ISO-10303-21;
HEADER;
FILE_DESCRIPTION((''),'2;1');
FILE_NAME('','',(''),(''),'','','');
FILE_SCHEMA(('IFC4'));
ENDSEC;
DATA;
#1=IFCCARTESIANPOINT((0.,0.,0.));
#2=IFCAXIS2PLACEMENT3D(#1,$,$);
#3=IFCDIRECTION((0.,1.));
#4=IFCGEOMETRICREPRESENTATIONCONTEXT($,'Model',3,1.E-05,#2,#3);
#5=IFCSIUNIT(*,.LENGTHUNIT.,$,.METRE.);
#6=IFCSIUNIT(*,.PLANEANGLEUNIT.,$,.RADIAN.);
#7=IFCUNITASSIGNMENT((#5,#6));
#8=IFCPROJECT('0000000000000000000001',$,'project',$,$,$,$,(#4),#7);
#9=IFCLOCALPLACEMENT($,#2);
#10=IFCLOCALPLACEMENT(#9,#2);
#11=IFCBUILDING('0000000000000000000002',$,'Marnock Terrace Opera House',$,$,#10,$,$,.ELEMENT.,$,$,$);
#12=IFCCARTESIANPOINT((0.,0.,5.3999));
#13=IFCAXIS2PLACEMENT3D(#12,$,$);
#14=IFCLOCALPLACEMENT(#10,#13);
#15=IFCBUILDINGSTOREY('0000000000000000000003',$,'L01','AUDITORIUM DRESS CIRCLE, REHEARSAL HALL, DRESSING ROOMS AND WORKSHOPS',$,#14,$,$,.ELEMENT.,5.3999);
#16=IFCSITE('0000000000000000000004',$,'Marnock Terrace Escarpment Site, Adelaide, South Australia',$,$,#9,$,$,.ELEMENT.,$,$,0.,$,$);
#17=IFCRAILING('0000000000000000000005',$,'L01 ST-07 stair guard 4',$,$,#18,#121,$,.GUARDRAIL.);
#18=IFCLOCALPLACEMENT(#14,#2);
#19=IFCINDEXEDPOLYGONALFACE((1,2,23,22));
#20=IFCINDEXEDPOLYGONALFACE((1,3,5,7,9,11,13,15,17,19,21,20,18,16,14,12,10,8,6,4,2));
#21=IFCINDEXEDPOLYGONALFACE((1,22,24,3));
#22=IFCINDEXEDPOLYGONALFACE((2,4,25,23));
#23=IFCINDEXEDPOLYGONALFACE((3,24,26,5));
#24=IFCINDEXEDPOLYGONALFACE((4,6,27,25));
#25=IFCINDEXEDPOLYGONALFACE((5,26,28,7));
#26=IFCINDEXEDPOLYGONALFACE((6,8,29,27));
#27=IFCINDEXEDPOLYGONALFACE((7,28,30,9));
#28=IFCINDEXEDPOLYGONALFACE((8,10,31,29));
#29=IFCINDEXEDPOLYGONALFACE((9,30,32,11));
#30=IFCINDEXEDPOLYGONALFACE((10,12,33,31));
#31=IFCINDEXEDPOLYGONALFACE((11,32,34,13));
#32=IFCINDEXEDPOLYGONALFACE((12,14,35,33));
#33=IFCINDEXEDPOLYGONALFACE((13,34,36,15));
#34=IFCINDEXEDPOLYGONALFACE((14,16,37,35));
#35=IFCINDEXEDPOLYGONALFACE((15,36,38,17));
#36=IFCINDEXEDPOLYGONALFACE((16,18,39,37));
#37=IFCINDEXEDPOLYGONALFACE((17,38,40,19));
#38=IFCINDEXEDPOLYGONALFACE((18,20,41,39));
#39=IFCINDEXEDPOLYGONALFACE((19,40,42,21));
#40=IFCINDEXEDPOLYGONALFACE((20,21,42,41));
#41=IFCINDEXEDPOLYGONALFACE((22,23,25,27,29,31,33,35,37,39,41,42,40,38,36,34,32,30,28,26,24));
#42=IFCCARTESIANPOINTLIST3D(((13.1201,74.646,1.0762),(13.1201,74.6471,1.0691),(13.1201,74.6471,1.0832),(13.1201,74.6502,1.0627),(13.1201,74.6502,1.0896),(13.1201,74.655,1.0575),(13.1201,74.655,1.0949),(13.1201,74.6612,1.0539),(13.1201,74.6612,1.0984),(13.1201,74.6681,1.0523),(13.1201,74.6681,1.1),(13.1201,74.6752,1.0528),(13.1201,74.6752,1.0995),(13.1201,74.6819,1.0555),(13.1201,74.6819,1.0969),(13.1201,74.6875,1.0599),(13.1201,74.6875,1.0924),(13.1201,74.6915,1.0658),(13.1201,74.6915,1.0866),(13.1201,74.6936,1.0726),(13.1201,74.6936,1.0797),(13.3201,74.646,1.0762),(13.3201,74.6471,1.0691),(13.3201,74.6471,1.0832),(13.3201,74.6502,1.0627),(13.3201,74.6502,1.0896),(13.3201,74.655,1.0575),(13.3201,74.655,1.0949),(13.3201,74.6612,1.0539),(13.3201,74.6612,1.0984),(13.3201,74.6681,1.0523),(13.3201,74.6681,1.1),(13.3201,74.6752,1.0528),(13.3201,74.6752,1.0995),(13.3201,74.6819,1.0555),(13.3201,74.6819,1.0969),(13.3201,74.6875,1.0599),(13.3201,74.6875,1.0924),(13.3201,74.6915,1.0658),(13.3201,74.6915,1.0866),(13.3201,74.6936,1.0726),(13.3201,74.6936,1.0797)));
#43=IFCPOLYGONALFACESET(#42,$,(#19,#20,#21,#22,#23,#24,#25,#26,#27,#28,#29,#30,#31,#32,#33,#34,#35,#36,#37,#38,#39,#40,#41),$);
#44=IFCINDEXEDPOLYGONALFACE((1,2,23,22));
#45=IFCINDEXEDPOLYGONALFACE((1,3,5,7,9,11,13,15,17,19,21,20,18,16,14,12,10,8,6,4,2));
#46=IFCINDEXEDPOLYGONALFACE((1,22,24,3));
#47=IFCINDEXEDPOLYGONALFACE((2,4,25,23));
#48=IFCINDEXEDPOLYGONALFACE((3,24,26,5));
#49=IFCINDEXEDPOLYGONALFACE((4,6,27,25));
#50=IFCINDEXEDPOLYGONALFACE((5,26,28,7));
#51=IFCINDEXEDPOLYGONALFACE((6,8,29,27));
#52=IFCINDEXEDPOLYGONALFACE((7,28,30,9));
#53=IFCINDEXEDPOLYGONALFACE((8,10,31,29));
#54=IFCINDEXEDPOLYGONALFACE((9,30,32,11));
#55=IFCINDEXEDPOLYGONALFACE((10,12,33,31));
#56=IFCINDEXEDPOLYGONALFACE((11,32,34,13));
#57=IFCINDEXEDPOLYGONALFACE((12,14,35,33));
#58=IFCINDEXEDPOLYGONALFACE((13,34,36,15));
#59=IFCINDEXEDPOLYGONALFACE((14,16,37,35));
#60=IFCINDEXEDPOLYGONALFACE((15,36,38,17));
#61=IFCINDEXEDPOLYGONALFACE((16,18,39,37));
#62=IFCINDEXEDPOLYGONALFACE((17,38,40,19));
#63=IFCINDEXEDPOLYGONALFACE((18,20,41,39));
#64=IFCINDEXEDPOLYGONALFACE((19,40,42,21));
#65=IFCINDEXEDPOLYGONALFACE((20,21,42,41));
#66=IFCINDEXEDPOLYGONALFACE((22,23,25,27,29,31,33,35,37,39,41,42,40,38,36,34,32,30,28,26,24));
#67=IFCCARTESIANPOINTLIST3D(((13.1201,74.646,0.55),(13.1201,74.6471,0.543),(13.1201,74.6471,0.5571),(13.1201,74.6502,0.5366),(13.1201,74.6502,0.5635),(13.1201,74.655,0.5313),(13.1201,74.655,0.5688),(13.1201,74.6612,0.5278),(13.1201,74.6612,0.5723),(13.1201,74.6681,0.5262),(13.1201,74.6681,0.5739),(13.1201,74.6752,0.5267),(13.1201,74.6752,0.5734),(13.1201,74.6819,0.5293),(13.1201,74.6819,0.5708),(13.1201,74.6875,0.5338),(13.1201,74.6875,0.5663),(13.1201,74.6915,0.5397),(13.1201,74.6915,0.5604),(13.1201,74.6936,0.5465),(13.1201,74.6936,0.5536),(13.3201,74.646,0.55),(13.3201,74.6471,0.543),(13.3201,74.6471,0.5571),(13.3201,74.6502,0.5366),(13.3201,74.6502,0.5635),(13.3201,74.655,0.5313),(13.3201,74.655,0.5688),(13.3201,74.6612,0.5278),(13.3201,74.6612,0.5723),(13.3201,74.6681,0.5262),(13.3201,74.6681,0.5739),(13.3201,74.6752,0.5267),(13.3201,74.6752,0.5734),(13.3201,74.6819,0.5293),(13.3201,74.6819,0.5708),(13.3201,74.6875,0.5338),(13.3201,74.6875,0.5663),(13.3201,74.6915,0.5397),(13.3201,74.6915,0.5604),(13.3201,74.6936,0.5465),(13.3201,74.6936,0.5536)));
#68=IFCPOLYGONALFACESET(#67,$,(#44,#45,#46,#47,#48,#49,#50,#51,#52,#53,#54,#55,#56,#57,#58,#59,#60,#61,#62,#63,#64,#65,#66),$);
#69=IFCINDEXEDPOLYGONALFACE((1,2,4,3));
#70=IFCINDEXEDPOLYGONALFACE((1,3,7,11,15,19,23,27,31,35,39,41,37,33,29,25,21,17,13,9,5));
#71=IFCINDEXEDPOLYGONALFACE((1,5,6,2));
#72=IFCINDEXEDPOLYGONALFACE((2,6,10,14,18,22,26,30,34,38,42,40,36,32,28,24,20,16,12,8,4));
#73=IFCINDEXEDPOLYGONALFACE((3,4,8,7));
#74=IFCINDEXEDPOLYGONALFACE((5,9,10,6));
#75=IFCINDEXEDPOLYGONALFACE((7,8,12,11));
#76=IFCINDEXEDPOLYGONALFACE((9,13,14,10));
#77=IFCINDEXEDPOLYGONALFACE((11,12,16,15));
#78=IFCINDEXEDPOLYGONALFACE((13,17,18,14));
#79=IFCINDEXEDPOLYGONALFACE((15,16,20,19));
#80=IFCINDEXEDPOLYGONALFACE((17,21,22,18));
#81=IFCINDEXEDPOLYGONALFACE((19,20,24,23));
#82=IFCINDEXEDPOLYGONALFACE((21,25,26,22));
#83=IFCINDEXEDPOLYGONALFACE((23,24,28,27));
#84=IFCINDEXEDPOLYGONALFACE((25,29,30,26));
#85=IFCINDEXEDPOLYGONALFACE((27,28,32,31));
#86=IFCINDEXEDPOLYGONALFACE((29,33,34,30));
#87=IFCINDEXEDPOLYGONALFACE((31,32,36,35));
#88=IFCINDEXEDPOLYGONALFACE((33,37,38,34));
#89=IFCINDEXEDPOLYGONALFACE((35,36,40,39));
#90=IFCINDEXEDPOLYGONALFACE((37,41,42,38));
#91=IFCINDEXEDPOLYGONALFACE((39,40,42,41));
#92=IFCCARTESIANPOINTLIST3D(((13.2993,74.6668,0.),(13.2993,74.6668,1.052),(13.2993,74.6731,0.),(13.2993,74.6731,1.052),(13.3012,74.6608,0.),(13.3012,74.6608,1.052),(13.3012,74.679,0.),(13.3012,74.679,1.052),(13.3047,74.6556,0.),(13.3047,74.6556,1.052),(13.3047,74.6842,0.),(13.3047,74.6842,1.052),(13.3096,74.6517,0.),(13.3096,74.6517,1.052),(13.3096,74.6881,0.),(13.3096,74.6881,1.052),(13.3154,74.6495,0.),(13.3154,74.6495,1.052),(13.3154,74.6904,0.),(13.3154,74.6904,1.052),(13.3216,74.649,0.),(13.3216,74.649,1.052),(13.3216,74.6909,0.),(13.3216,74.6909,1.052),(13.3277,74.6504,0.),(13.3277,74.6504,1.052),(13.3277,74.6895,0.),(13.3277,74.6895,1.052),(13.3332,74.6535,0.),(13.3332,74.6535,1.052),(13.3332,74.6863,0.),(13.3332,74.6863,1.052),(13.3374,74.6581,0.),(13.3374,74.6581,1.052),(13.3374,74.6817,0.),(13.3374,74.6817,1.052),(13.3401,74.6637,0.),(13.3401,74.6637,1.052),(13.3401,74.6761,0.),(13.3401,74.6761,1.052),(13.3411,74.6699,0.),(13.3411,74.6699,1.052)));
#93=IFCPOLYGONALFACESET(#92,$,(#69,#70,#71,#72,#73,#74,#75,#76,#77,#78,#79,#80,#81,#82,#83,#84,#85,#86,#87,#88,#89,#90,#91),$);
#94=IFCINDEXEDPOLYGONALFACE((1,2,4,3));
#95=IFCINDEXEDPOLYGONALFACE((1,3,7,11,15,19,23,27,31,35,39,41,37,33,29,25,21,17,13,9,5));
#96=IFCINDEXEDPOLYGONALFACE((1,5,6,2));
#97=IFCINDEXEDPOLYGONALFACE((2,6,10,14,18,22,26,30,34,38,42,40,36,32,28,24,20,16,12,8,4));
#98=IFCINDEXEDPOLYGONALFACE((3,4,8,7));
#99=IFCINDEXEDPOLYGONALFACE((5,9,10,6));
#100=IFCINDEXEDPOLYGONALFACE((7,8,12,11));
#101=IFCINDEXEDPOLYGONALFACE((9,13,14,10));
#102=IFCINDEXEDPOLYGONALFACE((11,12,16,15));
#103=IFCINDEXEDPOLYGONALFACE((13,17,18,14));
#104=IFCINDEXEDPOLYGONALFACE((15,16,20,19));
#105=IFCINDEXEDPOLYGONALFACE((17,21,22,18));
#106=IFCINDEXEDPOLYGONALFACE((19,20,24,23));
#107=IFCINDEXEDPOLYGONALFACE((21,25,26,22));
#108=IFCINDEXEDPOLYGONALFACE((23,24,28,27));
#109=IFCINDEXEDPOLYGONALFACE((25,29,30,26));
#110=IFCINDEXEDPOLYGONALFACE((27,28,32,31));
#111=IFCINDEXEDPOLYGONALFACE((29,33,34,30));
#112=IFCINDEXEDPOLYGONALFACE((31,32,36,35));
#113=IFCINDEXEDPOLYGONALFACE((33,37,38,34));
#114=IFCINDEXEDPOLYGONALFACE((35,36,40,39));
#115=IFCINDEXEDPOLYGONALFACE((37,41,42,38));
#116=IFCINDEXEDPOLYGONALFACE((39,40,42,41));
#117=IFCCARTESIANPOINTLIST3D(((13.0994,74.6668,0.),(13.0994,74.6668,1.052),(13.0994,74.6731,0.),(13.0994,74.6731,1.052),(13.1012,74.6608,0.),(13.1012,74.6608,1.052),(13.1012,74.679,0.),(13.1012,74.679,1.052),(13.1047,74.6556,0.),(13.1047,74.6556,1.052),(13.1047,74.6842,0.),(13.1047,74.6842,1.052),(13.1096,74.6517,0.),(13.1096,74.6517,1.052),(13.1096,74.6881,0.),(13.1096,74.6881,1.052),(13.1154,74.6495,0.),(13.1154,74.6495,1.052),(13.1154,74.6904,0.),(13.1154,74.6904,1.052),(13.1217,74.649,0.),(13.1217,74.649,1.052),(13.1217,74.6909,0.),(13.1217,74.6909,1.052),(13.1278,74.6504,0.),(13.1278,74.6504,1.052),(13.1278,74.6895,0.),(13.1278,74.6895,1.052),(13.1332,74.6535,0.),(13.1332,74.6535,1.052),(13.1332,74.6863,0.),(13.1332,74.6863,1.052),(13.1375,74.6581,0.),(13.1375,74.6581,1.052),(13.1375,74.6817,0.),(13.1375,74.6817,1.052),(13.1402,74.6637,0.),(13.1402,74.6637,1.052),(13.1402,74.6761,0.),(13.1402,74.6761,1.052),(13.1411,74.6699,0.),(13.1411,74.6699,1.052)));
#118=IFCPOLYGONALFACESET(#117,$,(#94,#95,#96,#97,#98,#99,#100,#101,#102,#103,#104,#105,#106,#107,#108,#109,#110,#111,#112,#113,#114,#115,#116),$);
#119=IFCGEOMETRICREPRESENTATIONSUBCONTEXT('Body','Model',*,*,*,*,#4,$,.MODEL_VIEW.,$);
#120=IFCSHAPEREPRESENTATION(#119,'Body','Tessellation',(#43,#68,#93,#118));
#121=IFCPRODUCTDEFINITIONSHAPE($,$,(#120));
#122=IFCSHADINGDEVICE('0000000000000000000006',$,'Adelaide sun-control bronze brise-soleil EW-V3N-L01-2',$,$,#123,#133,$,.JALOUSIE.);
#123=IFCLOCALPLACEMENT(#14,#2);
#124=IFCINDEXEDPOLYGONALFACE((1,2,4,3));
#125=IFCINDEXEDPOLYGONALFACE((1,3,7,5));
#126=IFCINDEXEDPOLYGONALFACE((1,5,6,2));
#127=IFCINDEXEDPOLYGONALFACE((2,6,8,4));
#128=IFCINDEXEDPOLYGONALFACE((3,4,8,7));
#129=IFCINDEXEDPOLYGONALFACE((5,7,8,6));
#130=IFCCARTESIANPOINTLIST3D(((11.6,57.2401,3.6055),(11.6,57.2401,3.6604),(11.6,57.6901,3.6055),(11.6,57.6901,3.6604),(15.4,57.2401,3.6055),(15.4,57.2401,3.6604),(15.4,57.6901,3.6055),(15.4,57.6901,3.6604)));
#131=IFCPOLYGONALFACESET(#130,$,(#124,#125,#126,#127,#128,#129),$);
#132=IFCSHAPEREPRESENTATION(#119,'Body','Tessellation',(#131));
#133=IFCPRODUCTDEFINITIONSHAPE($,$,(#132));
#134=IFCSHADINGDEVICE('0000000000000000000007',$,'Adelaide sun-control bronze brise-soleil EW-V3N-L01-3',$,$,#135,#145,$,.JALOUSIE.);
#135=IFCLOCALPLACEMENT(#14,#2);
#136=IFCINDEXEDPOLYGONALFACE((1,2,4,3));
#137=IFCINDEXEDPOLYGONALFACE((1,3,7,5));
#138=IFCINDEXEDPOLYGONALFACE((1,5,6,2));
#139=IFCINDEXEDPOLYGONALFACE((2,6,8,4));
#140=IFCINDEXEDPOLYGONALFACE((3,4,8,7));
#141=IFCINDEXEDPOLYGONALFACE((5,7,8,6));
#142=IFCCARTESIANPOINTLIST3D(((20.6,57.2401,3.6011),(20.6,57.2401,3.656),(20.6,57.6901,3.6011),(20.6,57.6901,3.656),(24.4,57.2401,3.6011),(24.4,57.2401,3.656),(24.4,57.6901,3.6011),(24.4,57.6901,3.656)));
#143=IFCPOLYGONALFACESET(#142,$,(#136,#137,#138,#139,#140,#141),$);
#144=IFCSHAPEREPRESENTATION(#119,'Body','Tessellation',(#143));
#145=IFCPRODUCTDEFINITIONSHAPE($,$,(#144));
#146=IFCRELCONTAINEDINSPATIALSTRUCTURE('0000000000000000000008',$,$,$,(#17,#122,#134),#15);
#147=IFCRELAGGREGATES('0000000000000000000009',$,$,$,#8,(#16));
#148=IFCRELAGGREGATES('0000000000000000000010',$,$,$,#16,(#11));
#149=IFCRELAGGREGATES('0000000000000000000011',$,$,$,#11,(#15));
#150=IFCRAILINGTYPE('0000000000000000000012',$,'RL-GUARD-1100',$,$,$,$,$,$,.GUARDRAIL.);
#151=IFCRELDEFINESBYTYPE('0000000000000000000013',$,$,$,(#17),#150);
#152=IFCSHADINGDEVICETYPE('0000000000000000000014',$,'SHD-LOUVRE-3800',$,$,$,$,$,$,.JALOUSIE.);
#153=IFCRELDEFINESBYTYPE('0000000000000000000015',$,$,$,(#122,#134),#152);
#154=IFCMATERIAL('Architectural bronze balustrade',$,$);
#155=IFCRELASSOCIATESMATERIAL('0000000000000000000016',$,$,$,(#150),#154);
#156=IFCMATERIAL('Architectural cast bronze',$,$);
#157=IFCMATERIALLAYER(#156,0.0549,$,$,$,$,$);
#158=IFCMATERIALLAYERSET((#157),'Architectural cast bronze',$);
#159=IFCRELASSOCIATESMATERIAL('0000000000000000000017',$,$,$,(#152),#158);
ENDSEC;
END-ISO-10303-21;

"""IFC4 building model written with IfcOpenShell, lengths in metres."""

from ifc_helpers import new_model, si_unit, direction, frame, origin, origin_2d, place, context, subcontext, project, spatial, rectangle, circle, extrude, material, layer, layer_set, type_object, element, save


model = new_model("IFC4")

# Units and contexts
model_context = context("Model", 3, precision=1e-05, world=origin(), true_north=direction((0.0, 1.0)))
body_context = subcontext(model_context, "Body", "Model", "MODEL_VIEW")
ifc_project = project(units=[si_unit("LENGTHUNIT", "METRE"), si_unit("PLANEANGLEUNIT", "RADIAN")], contexts=[model_context])

# Site, building, storey
site_placement = place(None, origin())
site = spatial("IfcSite", under=ifc_project, at=site_placement, Name="Marnock Terrace Escarpment Site, Adelaide, South Australia", CompositionType="ELEMENT", RefElevation=0.0)
building_placement = place(site_placement, origin())
building = spatial("IfcBuilding", under=site, at=building_placement, Name="Marnock Terrace Opera House", CompositionType="ELEMENT")
storey_placement = place(building_placement, frame((0.0, 0.0, 5.3999)))
storey = spatial("IfcBuildingStorey", under=building, at=storey_placement, Name="L01", Description="AUDITORIUM DRESS CIRCLE, REHEARSAL HALL, DRESSING ROOMS AND WORKSHOPS", CompositionType="ELEMENT", Elevation=5.3999)

# Railing
ifc_material_1 = material(Name="Architectural bronze balustrade")
railing_type_1 = type_object("IfcRailingType", Name="RL-GUARD-1100", PredefinedType="GUARDRAIL", material=ifc_material_1)
railing_1_placement = place(storey_placement, frame((13.3201, 74.6699, 0.0)))
element("IfcRailing", 1, at=railing_1_placement, inside=storey, type_object=railing_type_1, Name="L01 ST-07 stair guard 4", PredefinedType="GUARDRAIL", context=body_context, shape_type="SweptSolid", body=[
    extrude(circle(Radius=0.0239, at=origin_2d()), frame((0.0, 0.0, 1.0762), z_axis=(-1.0, 0.0, 0.0), x_axis=(0.0, -1.0, 0.0)), (0.0, 0.0, 1.0), 0.2),
    extrude(circle(Radius=0.0239, at=origin_2d()), frame((0.0, 0.0, 0.55), z_axis=(-1.0, 0.0, 0.0), x_axis=(0.0, -1.0, 0.0)), (0.0, 0.0, 1.0), 0.2),
    extrude(circle(Radius=0.021, at=origin_2d()), origin(), (0.0, 0.0, 1.0), 1.052),
    extrude(circle(Radius=0.021, at=origin_2d()), frame((-0.2, 0.0, 0.0)), (0.0, 0.0, 1.0), 1.052),
])

# Shading devices
ifc_material_2 = material(Name="Architectural cast bronze")
ifc_layer_1 = layer(ifc_material_2, 0.0549)
ifc_layer_set_1 = layer_set([ifc_layer_1], Name="Architectural cast bronze")
shading_device_type = type_object("IfcShadingDeviceType", Name="SHD-LOUVRE-3800", PredefinedType="JALOUSIE", material=ifc_layer_set_1)
for number, where, z_axis, x_axis, name in (
    (2, (13.5, 57.4651, 3.6055), (0.0, 0.0, 1.0), (1.0, 0.0, 0.0), "Adelaide sun-control bronze brise-soleil EW-V3N-L01-2"),
    (3, (22.5, 57.4651, 3.6011), (0.0, 0.0, 1.0), (1.0, 0.0, 0.0), "Adelaide sun-control bronze brise-soleil EW-V3N-L01-3"),
):
    element("IfcShadingDevice", number, at=place(storey_placement, frame(where, z_axis=z_axis, x_axis=x_axis)), inside=storey, type_object=shading_device_type, Name=name, PredefinedType="JALOUSIE", context=body_context, shape_type="SweptSolid", body=[
        extrude(rectangle(XDim=3.8, YDim=0.45, at=origin_2d()), origin(), (0.0, 0.0, 1.0), 0.0549),
    ])

save(model, "model.ifc")
